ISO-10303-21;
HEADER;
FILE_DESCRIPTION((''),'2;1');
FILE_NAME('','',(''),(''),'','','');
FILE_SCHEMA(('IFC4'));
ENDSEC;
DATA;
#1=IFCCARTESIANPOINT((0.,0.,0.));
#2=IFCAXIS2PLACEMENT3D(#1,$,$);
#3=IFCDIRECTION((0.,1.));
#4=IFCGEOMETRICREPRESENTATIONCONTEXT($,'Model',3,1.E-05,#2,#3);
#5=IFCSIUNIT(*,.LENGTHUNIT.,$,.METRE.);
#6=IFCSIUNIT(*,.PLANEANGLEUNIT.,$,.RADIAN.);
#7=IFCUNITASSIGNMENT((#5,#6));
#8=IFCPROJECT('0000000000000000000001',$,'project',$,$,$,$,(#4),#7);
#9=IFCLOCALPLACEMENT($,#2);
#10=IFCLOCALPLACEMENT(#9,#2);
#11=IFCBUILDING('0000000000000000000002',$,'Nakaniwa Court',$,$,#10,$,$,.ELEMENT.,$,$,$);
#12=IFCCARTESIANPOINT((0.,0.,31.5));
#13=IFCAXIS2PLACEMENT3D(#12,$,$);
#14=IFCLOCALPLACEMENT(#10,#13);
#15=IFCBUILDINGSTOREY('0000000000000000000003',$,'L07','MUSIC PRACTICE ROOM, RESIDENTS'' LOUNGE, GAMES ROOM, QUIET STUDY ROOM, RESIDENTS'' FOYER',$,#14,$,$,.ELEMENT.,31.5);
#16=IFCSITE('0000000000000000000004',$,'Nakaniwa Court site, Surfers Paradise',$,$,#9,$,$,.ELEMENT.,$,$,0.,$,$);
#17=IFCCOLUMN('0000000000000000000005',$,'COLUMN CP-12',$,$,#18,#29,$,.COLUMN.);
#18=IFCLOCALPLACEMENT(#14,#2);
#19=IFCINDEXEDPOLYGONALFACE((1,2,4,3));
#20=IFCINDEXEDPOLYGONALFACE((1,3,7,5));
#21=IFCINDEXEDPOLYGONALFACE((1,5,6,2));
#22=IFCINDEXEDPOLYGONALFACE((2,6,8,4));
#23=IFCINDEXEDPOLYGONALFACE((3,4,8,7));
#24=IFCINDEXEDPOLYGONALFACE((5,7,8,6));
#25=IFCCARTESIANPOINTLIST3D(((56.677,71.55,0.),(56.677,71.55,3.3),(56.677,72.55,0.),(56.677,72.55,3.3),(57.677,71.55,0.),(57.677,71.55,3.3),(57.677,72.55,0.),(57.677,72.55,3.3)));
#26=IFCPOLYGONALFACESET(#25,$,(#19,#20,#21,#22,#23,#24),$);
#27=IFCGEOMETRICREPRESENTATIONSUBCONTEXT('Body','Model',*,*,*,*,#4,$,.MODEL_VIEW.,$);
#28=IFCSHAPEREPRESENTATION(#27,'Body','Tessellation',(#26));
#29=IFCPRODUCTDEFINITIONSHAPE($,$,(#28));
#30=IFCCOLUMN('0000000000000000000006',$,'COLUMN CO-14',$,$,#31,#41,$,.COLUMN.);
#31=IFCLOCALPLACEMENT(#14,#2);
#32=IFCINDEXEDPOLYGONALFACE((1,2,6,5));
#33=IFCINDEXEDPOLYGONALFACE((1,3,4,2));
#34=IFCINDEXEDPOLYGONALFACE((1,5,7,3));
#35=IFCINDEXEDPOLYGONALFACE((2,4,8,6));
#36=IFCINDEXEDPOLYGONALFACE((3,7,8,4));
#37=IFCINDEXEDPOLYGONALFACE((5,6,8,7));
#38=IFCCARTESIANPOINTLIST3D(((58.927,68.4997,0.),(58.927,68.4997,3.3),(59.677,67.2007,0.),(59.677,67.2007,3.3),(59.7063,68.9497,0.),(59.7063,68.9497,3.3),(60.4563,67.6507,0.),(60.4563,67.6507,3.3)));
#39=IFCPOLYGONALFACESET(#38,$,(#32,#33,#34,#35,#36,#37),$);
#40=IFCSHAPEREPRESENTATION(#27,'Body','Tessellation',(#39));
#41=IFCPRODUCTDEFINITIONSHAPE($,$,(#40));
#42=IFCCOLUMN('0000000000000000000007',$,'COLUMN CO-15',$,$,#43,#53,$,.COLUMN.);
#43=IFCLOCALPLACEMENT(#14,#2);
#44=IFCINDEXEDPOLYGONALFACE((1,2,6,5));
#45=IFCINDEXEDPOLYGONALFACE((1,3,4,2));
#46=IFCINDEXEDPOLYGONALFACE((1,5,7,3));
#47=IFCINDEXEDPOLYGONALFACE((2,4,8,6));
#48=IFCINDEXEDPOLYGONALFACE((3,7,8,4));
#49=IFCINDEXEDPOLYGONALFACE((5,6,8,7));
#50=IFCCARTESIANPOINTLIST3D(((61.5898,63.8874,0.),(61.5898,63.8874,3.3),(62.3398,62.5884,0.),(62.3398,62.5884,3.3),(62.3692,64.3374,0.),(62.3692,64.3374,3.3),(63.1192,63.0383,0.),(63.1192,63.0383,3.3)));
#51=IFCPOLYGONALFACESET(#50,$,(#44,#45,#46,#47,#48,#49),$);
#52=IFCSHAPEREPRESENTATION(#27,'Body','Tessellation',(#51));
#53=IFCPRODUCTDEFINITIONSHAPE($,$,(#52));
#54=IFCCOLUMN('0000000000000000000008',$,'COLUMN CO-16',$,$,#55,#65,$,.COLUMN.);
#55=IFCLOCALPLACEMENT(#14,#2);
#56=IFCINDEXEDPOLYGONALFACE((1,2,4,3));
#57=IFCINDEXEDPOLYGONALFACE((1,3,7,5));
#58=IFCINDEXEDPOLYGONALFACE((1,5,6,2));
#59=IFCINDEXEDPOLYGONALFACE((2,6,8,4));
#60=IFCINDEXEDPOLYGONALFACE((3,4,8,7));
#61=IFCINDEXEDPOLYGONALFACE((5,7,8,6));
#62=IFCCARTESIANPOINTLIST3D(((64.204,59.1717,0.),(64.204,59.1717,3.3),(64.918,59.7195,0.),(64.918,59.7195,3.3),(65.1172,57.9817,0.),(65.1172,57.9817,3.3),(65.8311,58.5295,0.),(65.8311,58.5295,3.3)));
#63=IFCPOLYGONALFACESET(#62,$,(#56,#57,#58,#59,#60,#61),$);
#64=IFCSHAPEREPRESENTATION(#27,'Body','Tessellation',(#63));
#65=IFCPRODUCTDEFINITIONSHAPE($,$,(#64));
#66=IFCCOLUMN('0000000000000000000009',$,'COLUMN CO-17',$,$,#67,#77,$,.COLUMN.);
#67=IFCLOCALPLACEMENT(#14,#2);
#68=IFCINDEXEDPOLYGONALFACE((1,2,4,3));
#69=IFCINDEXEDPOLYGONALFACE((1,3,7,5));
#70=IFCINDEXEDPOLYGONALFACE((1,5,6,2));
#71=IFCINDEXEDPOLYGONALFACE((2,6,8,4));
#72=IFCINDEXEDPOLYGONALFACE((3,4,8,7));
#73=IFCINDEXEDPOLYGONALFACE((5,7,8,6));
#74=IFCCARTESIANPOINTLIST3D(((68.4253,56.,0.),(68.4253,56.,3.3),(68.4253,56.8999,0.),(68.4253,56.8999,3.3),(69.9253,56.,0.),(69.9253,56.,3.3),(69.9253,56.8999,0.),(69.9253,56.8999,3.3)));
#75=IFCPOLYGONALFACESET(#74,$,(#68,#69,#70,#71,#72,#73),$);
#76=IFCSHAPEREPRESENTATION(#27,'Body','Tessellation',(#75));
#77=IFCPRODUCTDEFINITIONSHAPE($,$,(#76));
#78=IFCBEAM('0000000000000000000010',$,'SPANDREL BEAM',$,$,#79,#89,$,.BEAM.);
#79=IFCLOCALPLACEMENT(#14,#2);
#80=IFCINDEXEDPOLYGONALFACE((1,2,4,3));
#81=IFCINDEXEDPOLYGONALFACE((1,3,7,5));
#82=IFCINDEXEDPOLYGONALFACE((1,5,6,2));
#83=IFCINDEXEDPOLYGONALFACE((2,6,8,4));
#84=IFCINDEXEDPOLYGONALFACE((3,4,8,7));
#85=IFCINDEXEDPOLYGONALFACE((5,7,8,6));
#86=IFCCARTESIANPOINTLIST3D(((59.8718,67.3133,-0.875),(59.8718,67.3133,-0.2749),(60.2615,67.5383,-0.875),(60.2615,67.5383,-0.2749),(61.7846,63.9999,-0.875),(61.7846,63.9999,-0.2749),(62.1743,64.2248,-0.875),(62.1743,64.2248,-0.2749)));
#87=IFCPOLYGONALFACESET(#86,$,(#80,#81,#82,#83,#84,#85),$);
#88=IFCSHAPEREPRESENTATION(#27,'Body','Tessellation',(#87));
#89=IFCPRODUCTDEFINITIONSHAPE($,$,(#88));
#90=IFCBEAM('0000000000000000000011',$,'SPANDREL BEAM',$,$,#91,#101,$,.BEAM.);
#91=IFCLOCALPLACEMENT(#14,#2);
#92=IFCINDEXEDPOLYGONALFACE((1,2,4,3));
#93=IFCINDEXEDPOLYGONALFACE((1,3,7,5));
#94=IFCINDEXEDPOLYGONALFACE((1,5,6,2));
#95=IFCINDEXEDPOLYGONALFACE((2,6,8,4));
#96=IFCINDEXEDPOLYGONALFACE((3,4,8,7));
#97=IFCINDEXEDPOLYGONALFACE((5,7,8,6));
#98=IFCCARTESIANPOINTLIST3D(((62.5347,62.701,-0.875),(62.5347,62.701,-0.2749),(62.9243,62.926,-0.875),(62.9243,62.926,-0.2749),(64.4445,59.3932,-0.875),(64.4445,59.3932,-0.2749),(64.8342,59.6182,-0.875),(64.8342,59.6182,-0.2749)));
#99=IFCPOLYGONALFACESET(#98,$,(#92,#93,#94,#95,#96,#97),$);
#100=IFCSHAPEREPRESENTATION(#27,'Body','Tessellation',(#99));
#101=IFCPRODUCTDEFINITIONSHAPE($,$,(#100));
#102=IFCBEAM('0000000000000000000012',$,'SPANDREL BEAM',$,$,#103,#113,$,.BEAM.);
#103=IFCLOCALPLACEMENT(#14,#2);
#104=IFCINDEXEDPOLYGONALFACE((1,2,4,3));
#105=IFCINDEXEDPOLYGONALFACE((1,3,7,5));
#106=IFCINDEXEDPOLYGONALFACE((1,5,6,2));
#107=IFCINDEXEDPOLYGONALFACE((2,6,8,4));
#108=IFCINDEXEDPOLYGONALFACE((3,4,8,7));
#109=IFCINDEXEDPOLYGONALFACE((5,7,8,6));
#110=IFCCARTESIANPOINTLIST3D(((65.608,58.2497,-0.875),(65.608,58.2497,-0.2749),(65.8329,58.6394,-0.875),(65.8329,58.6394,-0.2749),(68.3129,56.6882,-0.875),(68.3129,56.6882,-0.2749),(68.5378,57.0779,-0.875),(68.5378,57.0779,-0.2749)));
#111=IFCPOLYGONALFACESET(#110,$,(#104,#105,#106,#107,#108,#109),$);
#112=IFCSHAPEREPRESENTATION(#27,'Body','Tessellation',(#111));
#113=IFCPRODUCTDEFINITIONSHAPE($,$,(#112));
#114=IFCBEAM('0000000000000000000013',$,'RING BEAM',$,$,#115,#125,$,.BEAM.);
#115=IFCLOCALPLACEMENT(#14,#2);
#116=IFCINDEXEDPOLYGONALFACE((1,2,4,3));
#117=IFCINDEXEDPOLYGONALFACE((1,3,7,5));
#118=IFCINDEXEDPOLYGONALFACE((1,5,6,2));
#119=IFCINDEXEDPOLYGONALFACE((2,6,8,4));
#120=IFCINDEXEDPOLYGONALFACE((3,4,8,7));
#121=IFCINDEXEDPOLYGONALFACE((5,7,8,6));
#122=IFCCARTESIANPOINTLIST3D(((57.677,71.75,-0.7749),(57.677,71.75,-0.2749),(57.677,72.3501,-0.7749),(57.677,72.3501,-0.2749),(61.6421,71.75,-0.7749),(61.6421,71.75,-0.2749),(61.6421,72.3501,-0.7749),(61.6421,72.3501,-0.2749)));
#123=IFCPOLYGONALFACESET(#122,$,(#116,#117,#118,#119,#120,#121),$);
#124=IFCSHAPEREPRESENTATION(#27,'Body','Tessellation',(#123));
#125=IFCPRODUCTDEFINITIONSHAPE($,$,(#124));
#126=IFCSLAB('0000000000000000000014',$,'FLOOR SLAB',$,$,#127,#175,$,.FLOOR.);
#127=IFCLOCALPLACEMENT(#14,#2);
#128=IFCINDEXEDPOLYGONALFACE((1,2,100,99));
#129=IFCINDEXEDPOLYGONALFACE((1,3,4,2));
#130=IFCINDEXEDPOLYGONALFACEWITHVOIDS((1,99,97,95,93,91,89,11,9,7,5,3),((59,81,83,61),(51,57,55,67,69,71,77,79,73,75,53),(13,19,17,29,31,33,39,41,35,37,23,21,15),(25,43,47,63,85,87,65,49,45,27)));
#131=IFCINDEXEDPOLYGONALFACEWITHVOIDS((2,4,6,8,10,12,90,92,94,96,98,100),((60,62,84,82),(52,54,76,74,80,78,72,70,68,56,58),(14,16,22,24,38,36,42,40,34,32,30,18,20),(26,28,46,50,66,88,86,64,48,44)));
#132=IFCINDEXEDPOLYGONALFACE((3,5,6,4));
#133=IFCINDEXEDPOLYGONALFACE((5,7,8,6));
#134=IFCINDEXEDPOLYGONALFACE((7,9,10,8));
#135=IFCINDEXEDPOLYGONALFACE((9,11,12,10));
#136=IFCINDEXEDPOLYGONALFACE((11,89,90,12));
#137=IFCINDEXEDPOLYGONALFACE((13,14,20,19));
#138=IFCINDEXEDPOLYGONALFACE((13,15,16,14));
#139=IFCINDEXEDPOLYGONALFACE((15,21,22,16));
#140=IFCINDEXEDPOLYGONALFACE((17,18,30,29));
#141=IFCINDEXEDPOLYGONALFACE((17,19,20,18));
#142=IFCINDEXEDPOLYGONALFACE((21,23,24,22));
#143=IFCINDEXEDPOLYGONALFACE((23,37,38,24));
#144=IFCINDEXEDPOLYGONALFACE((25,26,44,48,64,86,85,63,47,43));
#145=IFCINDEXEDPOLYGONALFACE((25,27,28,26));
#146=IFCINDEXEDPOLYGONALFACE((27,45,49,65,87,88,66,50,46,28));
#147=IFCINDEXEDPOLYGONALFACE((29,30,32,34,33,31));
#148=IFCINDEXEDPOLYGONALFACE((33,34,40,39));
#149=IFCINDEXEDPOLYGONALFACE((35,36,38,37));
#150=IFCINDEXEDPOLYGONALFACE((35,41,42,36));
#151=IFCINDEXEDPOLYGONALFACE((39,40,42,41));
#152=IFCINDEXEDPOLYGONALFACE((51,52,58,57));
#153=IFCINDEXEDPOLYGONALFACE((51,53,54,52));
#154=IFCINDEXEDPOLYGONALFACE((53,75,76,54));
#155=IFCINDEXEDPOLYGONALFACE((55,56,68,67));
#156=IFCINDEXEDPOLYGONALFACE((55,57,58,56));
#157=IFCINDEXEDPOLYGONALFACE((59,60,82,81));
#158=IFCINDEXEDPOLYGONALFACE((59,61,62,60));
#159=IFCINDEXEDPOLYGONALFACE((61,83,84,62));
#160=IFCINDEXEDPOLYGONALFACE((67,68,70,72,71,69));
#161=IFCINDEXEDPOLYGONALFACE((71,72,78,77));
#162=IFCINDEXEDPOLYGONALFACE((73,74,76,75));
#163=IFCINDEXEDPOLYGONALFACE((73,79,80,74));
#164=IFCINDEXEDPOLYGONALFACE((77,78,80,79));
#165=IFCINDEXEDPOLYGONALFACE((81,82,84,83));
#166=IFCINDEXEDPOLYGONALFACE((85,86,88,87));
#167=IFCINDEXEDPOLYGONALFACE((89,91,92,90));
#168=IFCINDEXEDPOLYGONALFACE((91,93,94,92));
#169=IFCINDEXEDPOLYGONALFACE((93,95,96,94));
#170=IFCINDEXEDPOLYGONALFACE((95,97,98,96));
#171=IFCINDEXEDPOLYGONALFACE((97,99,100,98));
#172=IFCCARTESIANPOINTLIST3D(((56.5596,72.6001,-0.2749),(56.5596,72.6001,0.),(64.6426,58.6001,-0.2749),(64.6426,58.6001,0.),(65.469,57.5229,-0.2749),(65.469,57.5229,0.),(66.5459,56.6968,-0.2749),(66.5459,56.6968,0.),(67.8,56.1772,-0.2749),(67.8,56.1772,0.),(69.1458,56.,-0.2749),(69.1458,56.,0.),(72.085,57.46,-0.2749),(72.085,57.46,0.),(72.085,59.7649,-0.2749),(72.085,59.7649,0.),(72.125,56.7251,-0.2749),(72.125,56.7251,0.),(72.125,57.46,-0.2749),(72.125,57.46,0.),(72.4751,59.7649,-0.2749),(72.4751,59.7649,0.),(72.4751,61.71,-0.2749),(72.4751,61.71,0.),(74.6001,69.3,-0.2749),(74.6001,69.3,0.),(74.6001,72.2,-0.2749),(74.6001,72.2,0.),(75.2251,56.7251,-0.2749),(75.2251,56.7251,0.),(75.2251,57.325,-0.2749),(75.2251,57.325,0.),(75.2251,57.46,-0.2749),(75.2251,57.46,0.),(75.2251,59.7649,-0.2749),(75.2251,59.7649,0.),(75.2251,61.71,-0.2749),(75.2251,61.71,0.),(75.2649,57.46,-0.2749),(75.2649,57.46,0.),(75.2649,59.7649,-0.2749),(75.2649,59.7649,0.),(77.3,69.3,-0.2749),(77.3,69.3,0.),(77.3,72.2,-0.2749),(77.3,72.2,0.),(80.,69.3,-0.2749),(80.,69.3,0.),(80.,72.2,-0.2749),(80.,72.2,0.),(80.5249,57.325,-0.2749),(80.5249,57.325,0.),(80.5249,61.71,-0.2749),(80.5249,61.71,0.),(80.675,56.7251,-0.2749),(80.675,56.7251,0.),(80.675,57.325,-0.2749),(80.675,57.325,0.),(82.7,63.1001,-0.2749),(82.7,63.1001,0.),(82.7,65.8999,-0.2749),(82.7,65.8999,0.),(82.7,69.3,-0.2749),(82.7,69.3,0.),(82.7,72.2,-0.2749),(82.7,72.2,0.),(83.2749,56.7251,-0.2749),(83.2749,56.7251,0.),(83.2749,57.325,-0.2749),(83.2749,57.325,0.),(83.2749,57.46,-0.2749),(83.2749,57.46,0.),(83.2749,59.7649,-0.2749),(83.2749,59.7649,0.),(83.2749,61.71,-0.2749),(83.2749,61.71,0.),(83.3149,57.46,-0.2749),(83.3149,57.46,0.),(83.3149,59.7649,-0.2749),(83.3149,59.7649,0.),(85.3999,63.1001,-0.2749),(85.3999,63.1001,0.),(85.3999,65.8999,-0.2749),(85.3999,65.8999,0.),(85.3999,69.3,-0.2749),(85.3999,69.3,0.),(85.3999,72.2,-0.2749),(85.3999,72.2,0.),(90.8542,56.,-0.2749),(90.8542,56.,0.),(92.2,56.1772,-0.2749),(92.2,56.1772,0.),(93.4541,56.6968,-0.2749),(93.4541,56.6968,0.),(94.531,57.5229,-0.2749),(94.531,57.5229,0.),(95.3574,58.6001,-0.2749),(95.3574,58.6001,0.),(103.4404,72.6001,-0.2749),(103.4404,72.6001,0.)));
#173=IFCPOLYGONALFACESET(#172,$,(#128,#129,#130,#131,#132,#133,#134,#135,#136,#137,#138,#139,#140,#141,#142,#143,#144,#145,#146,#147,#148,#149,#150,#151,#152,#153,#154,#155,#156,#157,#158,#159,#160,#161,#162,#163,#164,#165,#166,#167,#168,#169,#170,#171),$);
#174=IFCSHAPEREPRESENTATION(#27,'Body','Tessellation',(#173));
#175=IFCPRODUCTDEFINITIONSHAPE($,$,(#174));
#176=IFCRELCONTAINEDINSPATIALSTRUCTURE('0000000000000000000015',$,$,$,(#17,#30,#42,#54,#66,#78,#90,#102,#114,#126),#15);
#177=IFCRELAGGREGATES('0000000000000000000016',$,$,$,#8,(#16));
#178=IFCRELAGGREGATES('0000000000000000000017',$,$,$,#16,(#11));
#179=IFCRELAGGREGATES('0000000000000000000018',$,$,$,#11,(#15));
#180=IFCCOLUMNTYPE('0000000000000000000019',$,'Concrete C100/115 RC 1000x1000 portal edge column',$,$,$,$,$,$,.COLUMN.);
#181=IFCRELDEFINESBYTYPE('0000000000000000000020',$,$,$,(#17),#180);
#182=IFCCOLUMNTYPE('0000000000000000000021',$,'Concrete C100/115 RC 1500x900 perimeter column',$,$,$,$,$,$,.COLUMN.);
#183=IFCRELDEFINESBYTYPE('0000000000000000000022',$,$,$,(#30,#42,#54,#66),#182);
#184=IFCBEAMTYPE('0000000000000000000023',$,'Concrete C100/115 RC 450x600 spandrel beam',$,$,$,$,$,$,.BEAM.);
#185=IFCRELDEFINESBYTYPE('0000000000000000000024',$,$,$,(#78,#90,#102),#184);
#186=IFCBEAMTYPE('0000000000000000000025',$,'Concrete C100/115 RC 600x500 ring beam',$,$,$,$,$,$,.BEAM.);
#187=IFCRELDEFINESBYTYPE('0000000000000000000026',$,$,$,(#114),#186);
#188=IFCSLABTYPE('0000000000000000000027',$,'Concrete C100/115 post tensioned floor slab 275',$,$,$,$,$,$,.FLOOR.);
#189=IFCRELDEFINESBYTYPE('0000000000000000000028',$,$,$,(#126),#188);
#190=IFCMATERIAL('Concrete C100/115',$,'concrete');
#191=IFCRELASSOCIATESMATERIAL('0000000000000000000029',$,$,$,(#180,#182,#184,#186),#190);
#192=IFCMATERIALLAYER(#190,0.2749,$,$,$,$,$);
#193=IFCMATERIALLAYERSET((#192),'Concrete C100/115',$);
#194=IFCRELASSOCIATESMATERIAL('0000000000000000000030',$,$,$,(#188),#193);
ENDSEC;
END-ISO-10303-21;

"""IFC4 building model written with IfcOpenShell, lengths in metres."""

from ifc_helpers import new_model, si_unit, direction, frame, origin, origin_2d, place, context, subcontext, project, spatial, polyline, rectangle, outline, extrude, material, layer, layer_set, material_profile, profile_set, type_object, element, save


model = new_model("IFC4")

# Units and contexts
model_context = context("Model", 3, precision=1e-05, world=origin(), true_north=direction((0.0, 1.0)))
body_context = subcontext(model_context, "Body", "Model", "MODEL_VIEW")
ifc_project = project(units=[si_unit("LENGTHUNIT", "METRE"), si_unit("PLANEANGLEUNIT", "RADIAN")], contexts=[model_context])

# Site, building, storey
site_placement = place(None, origin())
site = spatial("IfcSite", under=ifc_project, at=site_placement, Name="Nakaniwa Court site, Surfers Paradise", CompositionType="ELEMENT", RefElevation=0.0)
building_placement = place(site_placement, origin())
building = spatial("IfcBuilding", under=site, at=building_placement, Name="Nakaniwa Court", CompositionType="ELEMENT")
storey_placement = place(building_placement, frame((0.0, 0.0, 31.5)))
storey = spatial("IfcBuildingStorey", under=building, at=storey_placement, Name="L07", Description="MUSIC PRACTICE ROOM, RESIDENTS' LOUNGE, GAMES ROOM, QUIET STUDY ROOM, RESIDENTS' FOYER", CompositionType="ELEMENT", Elevation=31.5)

# Columns
ifc_material_1 = material(Name="Concrete C100/115", Category="concrete")
ifc_material_profile_1 = material_profile(ifc_material_1, rectangle(XDim=1.0, YDim=1.0, at=origin_2d()), Name="Concrete C100/115 RC 1000x1000 portal edge column")
ifc_profile_set_1 = profile_set([ifc_material_profile_1], Name="Concrete C100/115")
column_type_1 = type_object("IfcColumnType", Name="Concrete C100/115 RC 1000x1000 portal edge column", PredefinedType="COLUMN", material=ifc_profile_set_1)
column_placement = place(storey_placement, frame((57.177, 72.05, 0.0), z_axis=(0.0, 0.0, 1.0), x_axis=(1.0, 0.0, 0.0)))
element("IfcColumn", 1, at=column_placement, inside=storey, type_object=column_type_1, Name="COLUMN CP-12", PredefinedType="COLUMN", context=body_context, shape_type="SweptSolid", body=[
    extrude(rectangle(XDim=1.0, YDim=1.0, at=origin_2d()), origin(), (0.0, 0.0, 1.0), 3.3),
])
ifc_material_profile_2 = material_profile(ifc_material_1, rectangle(XDim=1.5, YDim=0.8999, at=origin_2d()), Name="Concrete C100/115 RC 1500x900 perimeter column")
ifc_profile_set_2 = profile_set([ifc_material_profile_2], Name="Concrete C100/115")
column_type_2 = type_object("IfcColumnType", Name="Concrete C100/115 RC 1500x900 perimeter column", PredefinedType="COLUMN", material=ifc_profile_set_2)
for number, where, z_axis, x_axis, name in (
    (2, (59.6917, 68.0752, 0.0), (0.0, 0.0, 1.0), (0.5, -0.866025, 0.0), "COLUMN CO-14"),
    (3, (62.3545, 63.4629, 0.0), (0.0, 0.0, 1.0), (0.5, -0.866025, 0.0), "COLUMN CO-15"),
    (4, (65.0176, 58.8506, 0.0), (0.0, 0.0, 1.0), (0.608761, -0.793353, 0.0), "COLUMN CO-16"),
    (5, (69.1753, 56.45, 0.0), (0.0, 0.0, 1.0), (1.0, 0.0, 0.0), "COLUMN CO-17"),
):
    element("IfcColumn", number, at=place(storey_placement, frame(where, z_axis=z_axis, x_axis=x_axis)), inside=storey, type_object=column_type_2, Name=name, PredefinedType="COLUMN", context=body_context, shape_type="SweptSolid", body=[
        extrude(rectangle(XDim=1.5, YDim=0.8999, at=origin_2d()), origin(), (0.0, 0.0, 1.0), 3.3),
    ])

# Beams
ifc_material_profile_3 = material_profile(ifc_material_1, rectangle(XDim=0.45, YDim=0.6001, at=origin_2d()), Name="Concrete C100/115 RC 450x600 spandrel beam")
ifc_profile_set_3 = profile_set([ifc_material_profile_3], Name="Concrete C100/115")
beam_type_1 = type_object("IfcBeamType", Name="Concrete C100/115 RC 450x600 spandrel beam", PredefinedType="BEAM", material=ifc_profile_set_3)
beam_1_placement = place(storey_placement, frame((60.0667, 67.4258, -0.575), z_axis=(0.499962, -0.866047, 0.0), x_axis=(0.866047, 0.499962, 0.0)))
element("IfcBeam", 6, at=beam_1_placement, inside=storey, type_object=beam_type_1, Name="SPANDREL BEAM", PredefinedType="BEAM", context=body_context, shape_type="SweptSolid", body=[
    extrude(rectangle(XDim=0.45, YDim=0.6001, at=origin_2d()), origin(), (0.0, 0.0, 1.0), 3.8259),
])
beam_2_placement = place(storey_placement, frame((62.7295, 62.8135, -0.575), z_axis=(0.500023, -0.866012, 0.0), x_axis=(0.866012, 0.500023, 0.0)))
element("IfcBeam", 7, at=beam_2_placement, inside=storey, type_object=beam_type_1, Name="SPANDREL BEAM", PredefinedType="BEAM", context=body_context, shape_type="SweptSolid", body=[
    extrude(rectangle(XDim=0.45, YDim=0.6001, at=origin_2d()), origin(), (0.0, 0.0, 1.0), 3.8196),
])
beam_3_placement = place(storey_placement, frame((65.7205, 58.4446, -0.575), z_axis=(0.866041, -0.499973, 0.0), x_axis=(0.499973, 0.866041, 0.0)))
element("IfcBeam", 8, at=beam_3_placement, inside=storey, type_object=beam_type_1, Name="SPANDREL BEAM", PredefinedType="BEAM", context=body_context, shape_type="SweptSolid", body=[
    extrude(rectangle(XDim=0.45, YDim=0.6001, at=origin_2d()), origin(), (0.0, 0.0, 1.0), 3.1233),
])
ifc_material_profile_4 = material_profile(ifc_material_1, rectangle(XDim=0.6001, YDim=0.5, at=origin_2d()), Name="Concrete C100/115 RC 600x500 ring beam")
ifc_profile_set_4 = profile_set([ifc_material_profile_4], Name="Concrete C100/115")
beam_type_2 = type_object("IfcBeamType", Name="Concrete C100/115 RC 600x500 ring beam", PredefinedType="BEAM", material=ifc_profile_set_4)
beam_4_placement = place(storey_placement, frame((57.677, 72.05, -0.5249), z_axis=(1.0, 0.0, 0.0), x_axis=(0.0, 1.0, 0.0)))
element("IfcBeam", 9, at=beam_4_placement, inside=storey, type_object=beam_type_2, Name="RING BEAM", PredefinedType="BEAM", context=body_context, shape_type="SweptSolid", body=[
    extrude(rectangle(XDim=0.6001, YDim=0.5, at=origin_2d()), origin(), (0.0, 0.0, 1.0), 3.9651),
])

# Slab
ifc_layer_1 = layer(ifc_material_1, 0.2749)
ifc_layer_set_1 = layer_set([ifc_layer_1], Name="Concrete C100/115")
slab_type_1 = type_object("IfcSlabType", Name="Concrete C100/115 post tensioned floor slab 275", PredefinedType="FLOOR", material=ifc_layer_set_1)
slab_1_placement = place(storey_placement, frame((0.0, 0.0, -0.2749)))
element("IfcSlab", 10, at=slab_1_placement, inside=storey, type_object=slab_type_1, Name="FLOOR SLAB", PredefinedType="FLOOR", context=body_context, shape_type="SweptSolid", body=[
    extrude(outline(polyline([(95.3574, 58.6001), (103.4404, 72.6001), (56.5596, 72.6001), (64.6426, 58.6001), (65.469, 57.5229), (66.5459, 56.6968), (67.8, 56.1772), (69.1458, 56.0), (90.8542, 56.0), (92.2, 56.1772), (93.4541, 56.6968), (94.531, 57.5229), (95.3574, 58.6001)]), holes=[polyline([(75.2251, 57.325), (75.2251, 57.46), (75.2649, 57.46), (75.2649, 59.7649), (75.2251, 59.7649), (75.2251, 61.71), (72.4751, 61.71), (72.4751, 59.7649), (72.085, 59.7649), (72.085, 57.46), (72.125, 57.46), (72.125, 56.7251), (75.2251, 56.7251), (75.2251, 57.325)]), polyline([(74.6001, 69.3), (77.3, 69.3), (80.0, 69.3), (82.7, 69.3), (85.3999, 69.3), (85.3999, 72.2), (82.7, 72.2), (80.0, 72.2), (77.3, 72.2), (74.6001, 72.2), (74.6001, 69.3)]), polyline([(83.2749, 57.325), (83.2749, 57.46), (83.3149, 57.46), (83.3149, 59.7649), (83.2749, 59.7649), (83.2749, 61.71), (80.5249, 61.71), (80.5249, 57.325), (80.675, 57.325), (80.675, 56.7251), (83.2749, 56.7251), (83.2749, 57.325)]), polyline([(82.7, 63.1001), (85.3999, 63.1001), (85.3999, 65.8999), (82.7, 65.8999), (82.7, 63.1001)])]), origin(), (0.0, 0.0, 1.0), 0.2749),
])

save(model, "model.ifc")
